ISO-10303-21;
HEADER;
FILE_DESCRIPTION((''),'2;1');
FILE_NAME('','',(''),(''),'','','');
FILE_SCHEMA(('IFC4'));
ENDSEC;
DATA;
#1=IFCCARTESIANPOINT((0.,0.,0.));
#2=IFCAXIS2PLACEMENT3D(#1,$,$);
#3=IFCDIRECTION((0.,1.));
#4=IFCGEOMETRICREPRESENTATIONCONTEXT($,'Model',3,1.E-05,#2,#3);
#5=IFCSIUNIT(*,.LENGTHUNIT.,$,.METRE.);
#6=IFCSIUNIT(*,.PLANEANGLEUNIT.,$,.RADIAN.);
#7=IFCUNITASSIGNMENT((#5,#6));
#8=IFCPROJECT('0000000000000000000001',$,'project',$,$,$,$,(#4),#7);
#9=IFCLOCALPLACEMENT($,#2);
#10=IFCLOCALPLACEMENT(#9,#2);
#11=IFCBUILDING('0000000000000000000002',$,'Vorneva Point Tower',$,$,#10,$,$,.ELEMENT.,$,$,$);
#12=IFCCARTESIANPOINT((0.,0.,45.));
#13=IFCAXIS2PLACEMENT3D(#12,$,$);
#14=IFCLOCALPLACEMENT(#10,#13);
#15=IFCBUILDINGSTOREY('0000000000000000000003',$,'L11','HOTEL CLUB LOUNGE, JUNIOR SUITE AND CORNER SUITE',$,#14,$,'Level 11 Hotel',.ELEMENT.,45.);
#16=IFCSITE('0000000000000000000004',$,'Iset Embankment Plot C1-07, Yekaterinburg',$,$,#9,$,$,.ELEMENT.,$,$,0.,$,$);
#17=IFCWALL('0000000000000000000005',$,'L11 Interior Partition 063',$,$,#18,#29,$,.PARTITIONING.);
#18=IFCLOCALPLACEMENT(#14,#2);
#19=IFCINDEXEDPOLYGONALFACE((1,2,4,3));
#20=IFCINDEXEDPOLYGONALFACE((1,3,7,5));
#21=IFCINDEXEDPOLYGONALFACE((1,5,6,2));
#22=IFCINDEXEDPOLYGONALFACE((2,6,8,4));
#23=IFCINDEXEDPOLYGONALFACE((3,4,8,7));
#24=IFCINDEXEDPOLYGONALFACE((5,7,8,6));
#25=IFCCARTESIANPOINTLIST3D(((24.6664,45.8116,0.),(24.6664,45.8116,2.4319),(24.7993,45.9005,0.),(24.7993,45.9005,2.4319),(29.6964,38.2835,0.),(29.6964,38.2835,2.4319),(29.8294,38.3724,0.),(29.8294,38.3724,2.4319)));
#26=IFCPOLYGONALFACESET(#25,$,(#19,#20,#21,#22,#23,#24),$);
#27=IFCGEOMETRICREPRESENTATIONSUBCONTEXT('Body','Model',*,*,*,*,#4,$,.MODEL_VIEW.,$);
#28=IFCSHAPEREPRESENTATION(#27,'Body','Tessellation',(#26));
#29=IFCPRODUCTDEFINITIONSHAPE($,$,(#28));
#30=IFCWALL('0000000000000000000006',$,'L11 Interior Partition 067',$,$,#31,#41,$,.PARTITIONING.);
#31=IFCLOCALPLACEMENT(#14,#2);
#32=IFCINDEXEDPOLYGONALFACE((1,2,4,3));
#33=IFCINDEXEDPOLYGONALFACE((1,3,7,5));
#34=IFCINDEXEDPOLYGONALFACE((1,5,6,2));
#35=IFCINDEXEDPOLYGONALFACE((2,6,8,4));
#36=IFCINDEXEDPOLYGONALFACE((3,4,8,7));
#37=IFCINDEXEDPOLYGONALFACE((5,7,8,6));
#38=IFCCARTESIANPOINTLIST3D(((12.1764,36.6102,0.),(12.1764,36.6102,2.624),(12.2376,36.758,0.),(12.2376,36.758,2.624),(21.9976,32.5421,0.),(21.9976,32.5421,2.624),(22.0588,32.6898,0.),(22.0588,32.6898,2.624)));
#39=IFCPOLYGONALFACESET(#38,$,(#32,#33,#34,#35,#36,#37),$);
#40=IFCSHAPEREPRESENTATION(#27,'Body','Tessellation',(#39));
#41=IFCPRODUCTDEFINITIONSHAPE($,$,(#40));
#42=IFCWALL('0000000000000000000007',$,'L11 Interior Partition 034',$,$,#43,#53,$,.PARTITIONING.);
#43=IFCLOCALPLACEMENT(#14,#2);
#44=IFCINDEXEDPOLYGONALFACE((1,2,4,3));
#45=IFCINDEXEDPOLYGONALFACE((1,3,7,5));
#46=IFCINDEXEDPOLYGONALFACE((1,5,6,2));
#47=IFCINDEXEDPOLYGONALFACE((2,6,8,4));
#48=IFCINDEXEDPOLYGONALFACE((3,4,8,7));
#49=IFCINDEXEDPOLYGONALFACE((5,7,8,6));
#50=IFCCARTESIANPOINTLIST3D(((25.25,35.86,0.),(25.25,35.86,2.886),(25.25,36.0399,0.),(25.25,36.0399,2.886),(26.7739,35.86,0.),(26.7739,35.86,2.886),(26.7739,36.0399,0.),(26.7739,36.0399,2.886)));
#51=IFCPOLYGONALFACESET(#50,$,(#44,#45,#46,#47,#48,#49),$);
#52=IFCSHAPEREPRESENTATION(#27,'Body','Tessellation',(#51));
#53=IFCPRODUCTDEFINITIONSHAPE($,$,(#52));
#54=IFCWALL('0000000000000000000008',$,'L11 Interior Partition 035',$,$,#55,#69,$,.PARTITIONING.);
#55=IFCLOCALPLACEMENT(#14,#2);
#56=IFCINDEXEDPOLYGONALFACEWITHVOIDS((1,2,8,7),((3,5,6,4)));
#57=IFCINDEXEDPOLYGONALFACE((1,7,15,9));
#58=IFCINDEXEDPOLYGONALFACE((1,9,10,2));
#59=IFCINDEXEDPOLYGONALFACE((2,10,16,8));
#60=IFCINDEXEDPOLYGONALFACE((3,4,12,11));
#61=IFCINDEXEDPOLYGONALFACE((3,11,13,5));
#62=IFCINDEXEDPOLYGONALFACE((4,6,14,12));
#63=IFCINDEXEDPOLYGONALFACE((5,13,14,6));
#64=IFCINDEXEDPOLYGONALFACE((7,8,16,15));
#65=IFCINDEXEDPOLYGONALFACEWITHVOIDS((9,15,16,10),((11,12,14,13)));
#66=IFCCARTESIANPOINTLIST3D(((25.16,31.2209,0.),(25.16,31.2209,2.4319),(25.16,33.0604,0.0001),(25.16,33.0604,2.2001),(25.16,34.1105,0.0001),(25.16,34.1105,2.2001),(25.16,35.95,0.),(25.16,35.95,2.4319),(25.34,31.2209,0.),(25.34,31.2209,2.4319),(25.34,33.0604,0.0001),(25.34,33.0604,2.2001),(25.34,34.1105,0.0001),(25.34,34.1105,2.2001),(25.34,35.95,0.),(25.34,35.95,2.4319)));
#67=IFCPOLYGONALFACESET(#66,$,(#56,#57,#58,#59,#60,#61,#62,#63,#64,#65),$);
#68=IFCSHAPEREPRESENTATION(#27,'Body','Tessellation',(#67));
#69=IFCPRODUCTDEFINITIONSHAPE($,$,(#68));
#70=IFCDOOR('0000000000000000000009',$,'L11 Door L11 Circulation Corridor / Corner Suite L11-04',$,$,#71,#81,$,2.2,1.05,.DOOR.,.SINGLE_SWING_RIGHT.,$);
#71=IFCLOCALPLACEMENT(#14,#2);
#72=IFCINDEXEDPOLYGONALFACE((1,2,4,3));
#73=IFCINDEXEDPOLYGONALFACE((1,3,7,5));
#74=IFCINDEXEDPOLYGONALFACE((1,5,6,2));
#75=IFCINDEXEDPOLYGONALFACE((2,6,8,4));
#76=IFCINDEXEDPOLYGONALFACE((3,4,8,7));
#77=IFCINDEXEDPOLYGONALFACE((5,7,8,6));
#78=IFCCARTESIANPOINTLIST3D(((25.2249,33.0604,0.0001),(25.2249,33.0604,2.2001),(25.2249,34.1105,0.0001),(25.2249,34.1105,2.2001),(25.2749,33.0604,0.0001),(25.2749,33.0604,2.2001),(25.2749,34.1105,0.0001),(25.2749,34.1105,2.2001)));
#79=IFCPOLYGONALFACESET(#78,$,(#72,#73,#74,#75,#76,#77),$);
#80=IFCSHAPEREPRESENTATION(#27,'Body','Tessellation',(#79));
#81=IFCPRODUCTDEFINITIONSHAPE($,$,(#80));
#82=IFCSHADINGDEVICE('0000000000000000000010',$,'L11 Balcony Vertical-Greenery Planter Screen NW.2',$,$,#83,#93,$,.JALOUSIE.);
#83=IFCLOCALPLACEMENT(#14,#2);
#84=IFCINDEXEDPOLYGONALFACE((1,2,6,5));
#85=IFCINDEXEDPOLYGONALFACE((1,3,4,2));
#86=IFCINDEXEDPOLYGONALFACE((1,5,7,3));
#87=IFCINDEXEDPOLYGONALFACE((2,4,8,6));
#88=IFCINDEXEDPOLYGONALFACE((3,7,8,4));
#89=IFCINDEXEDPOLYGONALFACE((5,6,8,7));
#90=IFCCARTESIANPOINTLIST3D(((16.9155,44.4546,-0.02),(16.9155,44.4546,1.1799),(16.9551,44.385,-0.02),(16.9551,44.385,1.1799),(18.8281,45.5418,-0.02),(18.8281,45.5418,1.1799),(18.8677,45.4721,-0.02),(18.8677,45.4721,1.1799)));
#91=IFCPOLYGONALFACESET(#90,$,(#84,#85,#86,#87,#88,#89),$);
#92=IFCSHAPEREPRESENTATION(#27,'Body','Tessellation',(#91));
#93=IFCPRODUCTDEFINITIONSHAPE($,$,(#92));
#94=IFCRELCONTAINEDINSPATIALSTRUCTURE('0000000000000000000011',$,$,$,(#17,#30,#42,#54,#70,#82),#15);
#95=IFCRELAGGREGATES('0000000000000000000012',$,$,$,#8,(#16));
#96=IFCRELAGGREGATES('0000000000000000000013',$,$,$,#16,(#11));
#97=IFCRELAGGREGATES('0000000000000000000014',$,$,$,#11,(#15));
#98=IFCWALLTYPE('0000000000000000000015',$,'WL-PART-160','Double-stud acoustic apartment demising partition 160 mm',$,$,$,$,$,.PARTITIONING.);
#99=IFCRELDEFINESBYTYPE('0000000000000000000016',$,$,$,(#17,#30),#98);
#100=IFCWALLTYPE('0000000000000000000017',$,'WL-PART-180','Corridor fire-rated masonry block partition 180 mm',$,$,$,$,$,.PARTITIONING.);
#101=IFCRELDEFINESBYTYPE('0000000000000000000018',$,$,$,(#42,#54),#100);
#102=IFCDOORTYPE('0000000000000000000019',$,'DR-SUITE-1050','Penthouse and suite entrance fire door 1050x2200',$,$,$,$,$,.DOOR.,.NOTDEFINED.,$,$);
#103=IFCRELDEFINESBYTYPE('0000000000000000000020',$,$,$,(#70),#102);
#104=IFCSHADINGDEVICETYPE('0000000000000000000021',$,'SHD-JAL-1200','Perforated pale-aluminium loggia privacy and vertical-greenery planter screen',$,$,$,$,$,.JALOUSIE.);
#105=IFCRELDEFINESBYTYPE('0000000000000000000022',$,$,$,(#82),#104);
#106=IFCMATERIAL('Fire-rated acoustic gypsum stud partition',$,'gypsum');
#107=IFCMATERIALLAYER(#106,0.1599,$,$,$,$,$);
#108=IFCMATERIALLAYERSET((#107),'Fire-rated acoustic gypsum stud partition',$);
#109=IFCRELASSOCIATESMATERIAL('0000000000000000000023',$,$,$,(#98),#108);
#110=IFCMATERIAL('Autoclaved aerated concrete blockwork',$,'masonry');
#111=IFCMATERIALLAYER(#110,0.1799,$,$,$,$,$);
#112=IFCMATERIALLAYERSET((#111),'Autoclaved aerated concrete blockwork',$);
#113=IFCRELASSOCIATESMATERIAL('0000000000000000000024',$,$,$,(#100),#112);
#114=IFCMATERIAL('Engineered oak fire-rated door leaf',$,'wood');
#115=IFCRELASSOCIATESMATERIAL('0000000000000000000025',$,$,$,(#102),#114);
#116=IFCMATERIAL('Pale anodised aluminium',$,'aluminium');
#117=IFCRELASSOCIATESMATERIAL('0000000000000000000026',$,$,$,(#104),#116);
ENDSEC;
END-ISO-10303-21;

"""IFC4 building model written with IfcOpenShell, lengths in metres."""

from ifc_helpers import new_model, si_unit, direction, frame, frame_2d, origin, origin_2d, place, context, subcontext, project, spatial, rectangle, extrude, material, layer, layer_set, type_object, element, fill, save


model = new_model("IFC4")

# Units and contexts
model_context = context("Model", 3, precision=1e-05, world=origin(), true_north=direction((0.0, 1.0)))
body_context = subcontext(model_context, "Body", "Model", "MODEL_VIEW")
ifc_project = project(units=[si_unit("LENGTHUNIT", "METRE"), si_unit("PLANEANGLEUNIT", "RADIAN")], contexts=[model_context])

# Site, building, storey
site_placement = place(None, origin())
site = spatial("IfcSite", under=ifc_project, at=site_placement, Name="Iset Embankment Plot C1-07, Yekaterinburg", CompositionType="ELEMENT", RefElevation=0.0)
building_placement = place(site_placement, origin())
building = spatial("IfcBuilding", under=site, at=building_placement, Name="Vorneva Point Tower", CompositionType="ELEMENT")
storey_placement = place(building_placement, frame((0.0, 0.0, 45.0)))
storey = spatial("IfcBuildingStorey", under=building, at=storey_placement, Name="L11", Description="HOTEL CLUB LOUNGE, JUNIOR SUITE AND CORNER SUITE", LongName="Level 11 Hotel", CompositionType="ELEMENT", Elevation=45.0)

# Shared definitions
ifc_material_1 = material(Name="Pale anodised aluminium", Category="aluminium")

# Shared definitions
ifc_material_2 = material(Name="Fire-rated acoustic gypsum stud partition", Category="gypsum")

# Shared definitions
ifc_material_3 = material(Name="Engineered oak fire-rated door leaf", Category="wood")

# Walls
ifc_layer_1 = layer(ifc_material_2, 0.1599)
ifc_layer_set_1 = layer_set([ifc_layer_1], Name="Fire-rated acoustic gypsum stud partition")
wall_type_1 = type_object("IfcWallType", Name="WL-PART-160", Description="Double-stud acoustic apartment demising partition 160 mm", PredefinedType="PARTITIONING", material=ifc_layer_set_1)
wall_1_placement = place(storey_placement, frame((24.7329, 45.856, 0.0), z_axis=(0.0, 0.0, 1.0), x_axis=(0.555565, -0.831473, 0.0)))
element("IfcWall", 1, at=wall_1_placement, inside=storey, type_object=wall_type_1, Name="L11 Interior Partition 063", PredefinedType="PARTITIONING", context=body_context, shape_type="SweptSolid", body=[
    extrude(rectangle(XDim=9.054, YDim=0.1599, at=frame_2d((4.5269, 0.0))), origin(), (0.0, 0.0, 1.0), 2.4319),
])
wall_2_placement = place(storey_placement, frame((12.207, 36.6841, 0.0), z_axis=(0.0, 0.0, 1.0), x_axis=(0.923876, -0.382692, 0.0)))
element("IfcWall", 2, at=wall_2_placement, inside=storey, type_object=wall_type_1, Name="L11 Interior Partition 067", PredefinedType="PARTITIONING", context=body_context, shape_type="SweptSolid", body=[
    extrude(rectangle(XDim=10.6304, YDim=0.1599, at=frame_2d((5.3152, 0.0))), origin(), (0.0, 0.0, 1.0), 2.624),
])
ifc_material_4 = material(Name="Autoclaved aerated concrete blockwork", Category="masonry")
ifc_layer_2 = layer(ifc_material_4, 0.1799)
ifc_layer_set_2 = layer_set([ifc_layer_2], Name="Autoclaved aerated concrete blockwork")
wall_type_2 = type_object("IfcWallType", Name="WL-PART-180", Description="Corridor fire-rated masonry block partition 180 mm", PredefinedType="PARTITIONING", material=ifc_layer_set_2)
wall_3_placement = place(storey_placement, frame((26.7739, 35.95, 0.0), z_axis=(0.0, 0.0, 1.0), x_axis=(-1.0, 0.0, 0.0)))
element("IfcWall", 3, at=wall_3_placement, inside=storey, type_object=wall_type_2, Name="L11 Interior Partition 034", PredefinedType="PARTITIONING", context=body_context, shape_type="SweptSolid", body=[
    extrude(rectangle(XDim=1.5239, YDim=0.1799, at=frame_2d((0.762, 0.0))), origin(), (0.0, 0.0, 1.0), 2.886),
])

# Wall, opening, door
wall_4_placement = place(storey_placement, frame((25.25, 35.95, 0.0), z_axis=(0.0, 0.0, 1.0), x_axis=(0.0, -1.0, 0.0)))
wall_4 = element("IfcWall", 4, at=wall_4_placement, inside=storey, type_object=wall_type_2, Name="L11 Interior Partition 035", PredefinedType="PARTITIONING", context=body_context, shape_type="SweptSolid", body=[
    extrude(rectangle(XDim=4.729, YDim=0.1799, at=frame_2d((2.3645, 0.0))), origin(), (0.0, 0.0, 1.0), 2.4319),
])
opening_1_placement = place(wall_4_placement, frame((1.8396, 0.0, 0.0)))
opening_1 = element("IfcOpeningElement", 5, at=opening_1_placement, cuts=wall_4, PredefinedType="OPENING", context=body_context, shape_type="SweptSolid", body=[
    extrude(rectangle(XDim=1.05, YDim=2.2, at=frame_2d((0.5249, 1.1001))), frame((0.0, 0.105, 0.0), z_axis=(0.0, -1.0, 0.0), x_axis=(1.0, 0.0, 0.0)), (0.0, 0.0, 1.0), 0.2097),
])
door_type_1 = type_object("IfcDoorType", Name="DR-SUITE-1050", Description="Penthouse and suite entrance fire door 1050x2200", OperationType="NOTDEFINED", PredefinedType="DOOR", material=ifc_material_3)
door_1_placement = place(opening_1_placement, origin())
door_1 = element("IfcDoor", 6, at=door_1_placement, inside=storey, type_object=door_type_1, Name="L11 Door L11 Circulation Corridor / Corner Suite L11-04", OperationType="SINGLE_SWING_RIGHT", OverallHeight=2.2, OverallWidth=1.05, PredefinedType="DOOR", context=body_context, shape_type="SweptSolid", body=[
    extrude(rectangle(XDim=1.05, YDim=2.2, at=frame_2d((0.5249, 1.1001))), frame((0.0, 0.0249, 0.0), z_axis=(0.0, -1.0, 0.0), x_axis=(1.0, 0.0, 0.0)), (0.0, 0.0, 1.0), 0.05),
])
fill(opening_1, door_1)

# Shading device
shading_device_type = type_object("IfcShadingDeviceType", Name="SHD-JAL-1200", Description="Perforated pale-aluminium loggia privacy and vertical-greenery planter screen", PredefinedType="JALOUSIE", material=ifc_material_1)
shading_device_placement = place(storey_placement, frame((17.8916, 44.9634, -0.02), z_axis=(0.0, 0.0, 1.0), x_axis=(-0.869366, -0.494169, 0.0)))
element("IfcShadingDevice", 7, at=shading_device_placement, inside=storey, type_object=shading_device_type, Name="L11 Balcony Vertical-Greenery Planter Screen NW.2", PredefinedType="JALOUSIE", context=body_context, shape_type="SweptSolid", body=[
    extrude(rectangle(XDim=2.2, YDim=0.0801, at=origin_2d()), origin(), (0.0, 0.0, 1.0), 1.2),
])

save(model, "model.ifc")
